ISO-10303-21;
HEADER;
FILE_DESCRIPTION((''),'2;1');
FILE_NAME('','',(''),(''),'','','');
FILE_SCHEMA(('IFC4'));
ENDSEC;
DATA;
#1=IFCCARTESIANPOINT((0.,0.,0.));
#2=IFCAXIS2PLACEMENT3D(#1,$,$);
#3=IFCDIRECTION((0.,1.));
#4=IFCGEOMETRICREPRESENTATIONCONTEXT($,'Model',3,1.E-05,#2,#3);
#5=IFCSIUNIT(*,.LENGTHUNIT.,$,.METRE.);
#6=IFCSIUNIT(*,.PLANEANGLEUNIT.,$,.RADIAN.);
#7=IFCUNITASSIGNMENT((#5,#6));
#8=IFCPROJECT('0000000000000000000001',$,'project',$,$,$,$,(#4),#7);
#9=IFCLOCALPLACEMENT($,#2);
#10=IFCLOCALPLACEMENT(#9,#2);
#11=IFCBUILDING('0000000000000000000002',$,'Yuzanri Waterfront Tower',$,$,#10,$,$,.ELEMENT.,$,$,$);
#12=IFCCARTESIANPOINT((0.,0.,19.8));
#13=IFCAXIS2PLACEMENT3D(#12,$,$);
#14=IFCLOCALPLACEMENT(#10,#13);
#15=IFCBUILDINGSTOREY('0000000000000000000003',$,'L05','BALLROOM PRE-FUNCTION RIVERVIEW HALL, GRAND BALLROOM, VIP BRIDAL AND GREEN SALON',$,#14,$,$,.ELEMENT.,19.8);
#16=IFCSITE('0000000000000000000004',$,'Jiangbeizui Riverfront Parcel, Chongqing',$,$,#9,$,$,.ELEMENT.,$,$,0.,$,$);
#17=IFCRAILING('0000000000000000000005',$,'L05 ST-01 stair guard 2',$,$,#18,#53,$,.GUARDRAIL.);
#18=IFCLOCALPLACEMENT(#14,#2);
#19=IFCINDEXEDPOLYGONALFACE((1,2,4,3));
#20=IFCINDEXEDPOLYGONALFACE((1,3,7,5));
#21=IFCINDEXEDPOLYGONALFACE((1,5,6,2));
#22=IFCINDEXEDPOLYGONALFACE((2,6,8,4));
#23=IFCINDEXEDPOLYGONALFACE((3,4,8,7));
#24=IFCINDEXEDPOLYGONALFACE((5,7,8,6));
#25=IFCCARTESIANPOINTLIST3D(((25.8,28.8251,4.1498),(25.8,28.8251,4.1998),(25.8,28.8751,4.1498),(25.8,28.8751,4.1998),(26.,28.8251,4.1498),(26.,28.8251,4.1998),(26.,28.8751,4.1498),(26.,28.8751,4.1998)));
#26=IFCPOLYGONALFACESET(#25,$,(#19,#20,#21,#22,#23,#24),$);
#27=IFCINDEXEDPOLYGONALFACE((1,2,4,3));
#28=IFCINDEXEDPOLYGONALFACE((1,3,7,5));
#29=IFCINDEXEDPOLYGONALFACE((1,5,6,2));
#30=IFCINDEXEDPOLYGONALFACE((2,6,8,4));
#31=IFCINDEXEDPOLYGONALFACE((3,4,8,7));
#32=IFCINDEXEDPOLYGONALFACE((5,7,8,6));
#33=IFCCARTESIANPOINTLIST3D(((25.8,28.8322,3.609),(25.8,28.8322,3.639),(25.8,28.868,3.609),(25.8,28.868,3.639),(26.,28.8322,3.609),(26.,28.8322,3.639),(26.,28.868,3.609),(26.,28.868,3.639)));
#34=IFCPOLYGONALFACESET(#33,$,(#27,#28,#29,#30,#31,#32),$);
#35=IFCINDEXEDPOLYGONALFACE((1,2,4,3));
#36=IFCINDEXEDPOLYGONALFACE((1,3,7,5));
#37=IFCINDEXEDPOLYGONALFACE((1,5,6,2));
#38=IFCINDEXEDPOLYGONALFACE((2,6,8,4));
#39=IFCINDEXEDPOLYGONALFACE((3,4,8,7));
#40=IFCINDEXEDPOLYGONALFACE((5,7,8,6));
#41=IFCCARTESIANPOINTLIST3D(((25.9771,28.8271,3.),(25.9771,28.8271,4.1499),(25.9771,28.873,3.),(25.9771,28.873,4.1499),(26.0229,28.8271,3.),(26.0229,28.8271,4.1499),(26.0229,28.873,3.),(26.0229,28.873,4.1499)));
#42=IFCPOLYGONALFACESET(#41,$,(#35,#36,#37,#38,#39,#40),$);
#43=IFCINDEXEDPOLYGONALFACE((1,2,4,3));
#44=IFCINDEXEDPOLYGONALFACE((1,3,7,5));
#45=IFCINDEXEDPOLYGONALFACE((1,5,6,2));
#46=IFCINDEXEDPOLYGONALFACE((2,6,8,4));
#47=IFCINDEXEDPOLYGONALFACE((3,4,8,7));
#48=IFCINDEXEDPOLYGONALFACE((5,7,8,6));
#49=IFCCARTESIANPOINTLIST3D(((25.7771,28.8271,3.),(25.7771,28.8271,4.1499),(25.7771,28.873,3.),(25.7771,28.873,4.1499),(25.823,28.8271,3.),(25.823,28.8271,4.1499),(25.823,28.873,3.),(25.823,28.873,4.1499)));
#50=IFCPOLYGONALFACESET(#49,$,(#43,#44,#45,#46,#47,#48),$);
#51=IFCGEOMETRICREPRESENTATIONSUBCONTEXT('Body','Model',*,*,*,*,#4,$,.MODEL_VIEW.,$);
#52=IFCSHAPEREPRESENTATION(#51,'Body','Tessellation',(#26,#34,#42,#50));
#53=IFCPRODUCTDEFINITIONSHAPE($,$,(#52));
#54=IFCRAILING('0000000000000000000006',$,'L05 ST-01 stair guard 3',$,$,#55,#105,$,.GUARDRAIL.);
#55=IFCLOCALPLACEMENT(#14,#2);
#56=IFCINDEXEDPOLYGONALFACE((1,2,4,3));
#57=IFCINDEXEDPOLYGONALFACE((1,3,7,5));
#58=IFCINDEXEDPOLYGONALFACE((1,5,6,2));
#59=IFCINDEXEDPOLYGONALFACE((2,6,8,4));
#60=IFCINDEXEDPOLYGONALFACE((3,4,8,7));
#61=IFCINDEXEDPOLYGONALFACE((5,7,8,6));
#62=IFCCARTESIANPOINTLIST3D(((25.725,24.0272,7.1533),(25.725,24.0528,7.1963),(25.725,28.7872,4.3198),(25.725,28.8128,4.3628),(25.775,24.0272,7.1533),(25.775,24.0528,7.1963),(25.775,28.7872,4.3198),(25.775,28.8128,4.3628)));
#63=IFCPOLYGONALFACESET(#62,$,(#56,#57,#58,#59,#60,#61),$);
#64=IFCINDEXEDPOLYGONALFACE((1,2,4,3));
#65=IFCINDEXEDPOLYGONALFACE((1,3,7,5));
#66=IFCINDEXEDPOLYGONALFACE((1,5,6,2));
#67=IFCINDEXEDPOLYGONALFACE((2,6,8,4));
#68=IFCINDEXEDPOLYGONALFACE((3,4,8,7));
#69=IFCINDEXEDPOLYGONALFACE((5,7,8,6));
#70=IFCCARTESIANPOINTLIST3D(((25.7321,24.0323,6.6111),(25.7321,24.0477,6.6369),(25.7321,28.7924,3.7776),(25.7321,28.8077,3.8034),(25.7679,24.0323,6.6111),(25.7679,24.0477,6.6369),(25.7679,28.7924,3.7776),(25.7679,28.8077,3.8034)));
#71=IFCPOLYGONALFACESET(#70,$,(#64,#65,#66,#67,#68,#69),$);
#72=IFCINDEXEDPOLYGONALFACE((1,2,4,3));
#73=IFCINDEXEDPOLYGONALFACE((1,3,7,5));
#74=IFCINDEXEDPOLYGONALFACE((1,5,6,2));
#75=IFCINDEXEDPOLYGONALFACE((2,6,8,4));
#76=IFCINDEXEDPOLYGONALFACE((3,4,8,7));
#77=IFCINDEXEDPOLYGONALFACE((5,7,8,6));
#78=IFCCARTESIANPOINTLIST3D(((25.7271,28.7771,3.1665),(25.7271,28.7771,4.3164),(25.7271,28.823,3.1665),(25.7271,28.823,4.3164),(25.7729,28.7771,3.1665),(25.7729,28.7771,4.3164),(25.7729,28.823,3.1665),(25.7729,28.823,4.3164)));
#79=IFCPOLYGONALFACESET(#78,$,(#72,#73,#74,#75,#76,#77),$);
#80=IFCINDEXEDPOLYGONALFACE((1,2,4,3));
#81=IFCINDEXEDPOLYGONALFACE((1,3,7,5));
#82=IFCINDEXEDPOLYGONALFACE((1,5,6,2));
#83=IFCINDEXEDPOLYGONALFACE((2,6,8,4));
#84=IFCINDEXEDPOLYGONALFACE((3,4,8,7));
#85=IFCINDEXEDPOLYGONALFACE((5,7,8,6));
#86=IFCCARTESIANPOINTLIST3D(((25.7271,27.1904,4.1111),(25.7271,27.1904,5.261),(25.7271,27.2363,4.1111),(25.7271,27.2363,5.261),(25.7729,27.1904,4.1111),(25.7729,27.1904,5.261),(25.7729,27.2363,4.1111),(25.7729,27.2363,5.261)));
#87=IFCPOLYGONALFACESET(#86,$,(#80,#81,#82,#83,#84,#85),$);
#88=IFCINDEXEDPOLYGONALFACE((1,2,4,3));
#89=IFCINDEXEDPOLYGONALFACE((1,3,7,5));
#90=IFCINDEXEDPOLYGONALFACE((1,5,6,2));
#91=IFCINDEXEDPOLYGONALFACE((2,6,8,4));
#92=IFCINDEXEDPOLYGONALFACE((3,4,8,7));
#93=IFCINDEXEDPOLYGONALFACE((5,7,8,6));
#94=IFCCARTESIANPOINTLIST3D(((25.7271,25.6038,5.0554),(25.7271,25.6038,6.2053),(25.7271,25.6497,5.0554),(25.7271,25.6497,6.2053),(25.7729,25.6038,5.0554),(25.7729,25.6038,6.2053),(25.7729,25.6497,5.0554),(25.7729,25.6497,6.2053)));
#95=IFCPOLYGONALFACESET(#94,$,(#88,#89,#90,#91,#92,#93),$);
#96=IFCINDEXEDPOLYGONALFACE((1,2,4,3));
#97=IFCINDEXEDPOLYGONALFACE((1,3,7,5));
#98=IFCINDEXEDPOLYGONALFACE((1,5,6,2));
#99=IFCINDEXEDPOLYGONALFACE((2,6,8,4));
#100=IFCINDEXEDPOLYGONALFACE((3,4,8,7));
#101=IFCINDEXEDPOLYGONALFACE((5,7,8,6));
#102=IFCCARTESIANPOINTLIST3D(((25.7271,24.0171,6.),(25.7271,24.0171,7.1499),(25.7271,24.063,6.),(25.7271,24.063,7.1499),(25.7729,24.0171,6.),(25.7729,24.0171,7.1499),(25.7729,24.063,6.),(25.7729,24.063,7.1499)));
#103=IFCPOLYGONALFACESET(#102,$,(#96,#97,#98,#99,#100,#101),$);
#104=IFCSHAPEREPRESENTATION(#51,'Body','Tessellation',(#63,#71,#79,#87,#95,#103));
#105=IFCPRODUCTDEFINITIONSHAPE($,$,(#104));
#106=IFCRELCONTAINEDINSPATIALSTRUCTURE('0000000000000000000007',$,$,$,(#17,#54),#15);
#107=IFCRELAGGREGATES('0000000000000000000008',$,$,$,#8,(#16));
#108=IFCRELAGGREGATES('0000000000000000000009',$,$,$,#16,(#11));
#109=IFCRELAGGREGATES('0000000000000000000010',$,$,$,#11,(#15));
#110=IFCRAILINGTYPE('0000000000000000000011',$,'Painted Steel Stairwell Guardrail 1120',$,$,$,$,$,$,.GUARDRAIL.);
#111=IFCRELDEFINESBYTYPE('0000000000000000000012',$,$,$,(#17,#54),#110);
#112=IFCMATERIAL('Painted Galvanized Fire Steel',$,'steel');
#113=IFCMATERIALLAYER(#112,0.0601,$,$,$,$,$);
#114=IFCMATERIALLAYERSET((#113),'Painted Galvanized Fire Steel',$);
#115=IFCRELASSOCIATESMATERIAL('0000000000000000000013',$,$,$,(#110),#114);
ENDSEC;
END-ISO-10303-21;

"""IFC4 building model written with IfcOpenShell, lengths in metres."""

from ifc_helpers import new_model, si_unit, direction, frame, origin, origin_2d, place, context, subcontext, project, spatial, rectangle, extrude, source, transform, mapped, material, layer, layer_set, type_object, element, save


model = new_model("IFC4")

# Units and contexts
model_context = context("Model", 3, precision=1e-05, world=origin(), true_north=direction((0.0, 1.0)))
body_context = subcontext(model_context, "Body", "Model", "MODEL_VIEW")
ifc_project = project(units=[si_unit("LENGTHUNIT", "METRE"), si_unit("PLANEANGLEUNIT", "RADIAN")], contexts=[model_context])

# Site, building, storey
site_placement = place(None, origin())
site = spatial("IfcSite", under=ifc_project, at=site_placement, Name="Jiangbeizui Riverfront Parcel, Chongqing", CompositionType="ELEMENT", RefElevation=0.0)
building_placement = place(site_placement, origin())
building = spatial("IfcBuilding", under=site, at=building_placement, Name="Yuzanri Waterfront Tower", CompositionType="ELEMENT")
storey_placement = place(building_placement, frame((0.0, 0.0, 19.8)))
storey = spatial("IfcBuildingStorey", under=building, at=storey_placement, Name="L05", Description="BALLROOM PRE-FUNCTION RIVERVIEW HALL, GRAND BALLROOM, VIP BRIDAL AND GREEN SALON", CompositionType="ELEMENT", Elevation=19.8)

# Railings
ifc_material_1 = material(Name="Painted Galvanized Fire Steel", Category="steel")
ifc_layer_1 = layer(ifc_material_1, 0.0601)
ifc_layer_set_1 = layer_set([ifc_layer_1], Name="Painted Galvanized Fire Steel")
railing_type = type_object("IfcRailingType", Name="Painted Steel Stairwell Guardrail 1120", PredefinedType="GUARDRAIL", material=ifc_layer_set_1)
shared_shape_1 = source(origin(), body_context, "Body", "SweptSolid", [
    extrude(rectangle(XDim=0.05, YDim=0.05, at=origin_2d()), frame((0.0, 0.0, 1.1748), z_axis=(-1.0, 0.0, 0.0), x_axis=(0.0, -1.0, 0.0)), (0.0, 0.0, 1.0), 0.2),
    extrude(rectangle(XDim=0.0359, YDim=0.03, at=origin_2d()), frame((0.0, 0.0, 0.624), z_axis=(-1.0, 0.0, 0.0), x_axis=(0.0, -1.0, 0.0)), (0.0, 0.0, 1.0), 0.2),
    extrude(rectangle(XDim=0.0459, YDim=0.0459, at=origin_2d()), origin(), (0.0, 0.0, 1.0), 1.1499),
    extrude(rectangle(XDim=0.0459, YDim=0.0459, at=origin_2d()), frame((-0.2, 0.0, 0.0)), (0.0, 0.0, 1.0), 1.1499),
])
railing_1_placement = place(storey_placement, frame((26.0, 28.8501, 3.0)))
element("IfcRailing", 1, at=railing_1_placement, inside=storey, type_object=railing_type, Name="L05 ST-01 stair guard 2", PredefinedType="GUARDRAIL", context=body_context, shape_type="MappedRepresentation", body=[
    mapped(shared_shape_1, transform((0.0, 0.0, 0.0), scale=1.0)),
])
shared_shape_2 = source(origin(), body_context, "Body", "SweptSolid", [
    extrude(rectangle(XDim=0.05, YDim=0.05, at=origin_2d()), frame((0.0, 0.0, 1.1748), z_axis=(0.0, -0.85928, 0.511505), x_axis=(1.0, 0.0, 0.0)), (0.0, 0.0, 1.0), 5.5396),
    extrude(rectangle(XDim=0.0359, YDim=0.03, at=origin_2d()), frame((0.0, 0.0, 0.624), z_axis=(0.0, -0.85928, 0.511505), x_axis=(1.0, 0.0, 0.0)), (0.0, 0.0, 1.0), 5.5396),
    extrude(rectangle(XDim=0.0459, YDim=0.0459, at=origin_2d()), origin(), (0.0, 0.0, 1.0), 1.1499),
    extrude(rectangle(XDim=0.0459, YDim=0.0459, at=origin_2d()), frame((0.0, -1.5867, 0.9446)), (0.0, 0.0, 1.0), 1.1499),
    extrude(rectangle(XDim=0.0459, YDim=0.0459, at=origin_2d()), frame((0.0, -3.1733, 1.8889)), (0.0, 0.0, 1.0), 1.1499),
    extrude(rectangle(XDim=0.0459, YDim=0.0459, at=origin_2d()), frame((0.0, -4.76, 2.8335)), (0.0, 0.0, 1.0), 1.1499),
])
railing_2_placement = place(storey_placement, frame((25.75, 28.8, 3.1665)))
element("IfcRailing", 2, at=railing_2_placement, inside=storey, type_object=railing_type, Name="L05 ST-01 stair guard 3", PredefinedType="GUARDRAIL", context=body_context, shape_type="MappedRepresentation", body=[
    mapped(shared_shape_2, transform((0.0, 0.0, 0.0), scale=1.0)),
])

save(model, "model.ifc")
